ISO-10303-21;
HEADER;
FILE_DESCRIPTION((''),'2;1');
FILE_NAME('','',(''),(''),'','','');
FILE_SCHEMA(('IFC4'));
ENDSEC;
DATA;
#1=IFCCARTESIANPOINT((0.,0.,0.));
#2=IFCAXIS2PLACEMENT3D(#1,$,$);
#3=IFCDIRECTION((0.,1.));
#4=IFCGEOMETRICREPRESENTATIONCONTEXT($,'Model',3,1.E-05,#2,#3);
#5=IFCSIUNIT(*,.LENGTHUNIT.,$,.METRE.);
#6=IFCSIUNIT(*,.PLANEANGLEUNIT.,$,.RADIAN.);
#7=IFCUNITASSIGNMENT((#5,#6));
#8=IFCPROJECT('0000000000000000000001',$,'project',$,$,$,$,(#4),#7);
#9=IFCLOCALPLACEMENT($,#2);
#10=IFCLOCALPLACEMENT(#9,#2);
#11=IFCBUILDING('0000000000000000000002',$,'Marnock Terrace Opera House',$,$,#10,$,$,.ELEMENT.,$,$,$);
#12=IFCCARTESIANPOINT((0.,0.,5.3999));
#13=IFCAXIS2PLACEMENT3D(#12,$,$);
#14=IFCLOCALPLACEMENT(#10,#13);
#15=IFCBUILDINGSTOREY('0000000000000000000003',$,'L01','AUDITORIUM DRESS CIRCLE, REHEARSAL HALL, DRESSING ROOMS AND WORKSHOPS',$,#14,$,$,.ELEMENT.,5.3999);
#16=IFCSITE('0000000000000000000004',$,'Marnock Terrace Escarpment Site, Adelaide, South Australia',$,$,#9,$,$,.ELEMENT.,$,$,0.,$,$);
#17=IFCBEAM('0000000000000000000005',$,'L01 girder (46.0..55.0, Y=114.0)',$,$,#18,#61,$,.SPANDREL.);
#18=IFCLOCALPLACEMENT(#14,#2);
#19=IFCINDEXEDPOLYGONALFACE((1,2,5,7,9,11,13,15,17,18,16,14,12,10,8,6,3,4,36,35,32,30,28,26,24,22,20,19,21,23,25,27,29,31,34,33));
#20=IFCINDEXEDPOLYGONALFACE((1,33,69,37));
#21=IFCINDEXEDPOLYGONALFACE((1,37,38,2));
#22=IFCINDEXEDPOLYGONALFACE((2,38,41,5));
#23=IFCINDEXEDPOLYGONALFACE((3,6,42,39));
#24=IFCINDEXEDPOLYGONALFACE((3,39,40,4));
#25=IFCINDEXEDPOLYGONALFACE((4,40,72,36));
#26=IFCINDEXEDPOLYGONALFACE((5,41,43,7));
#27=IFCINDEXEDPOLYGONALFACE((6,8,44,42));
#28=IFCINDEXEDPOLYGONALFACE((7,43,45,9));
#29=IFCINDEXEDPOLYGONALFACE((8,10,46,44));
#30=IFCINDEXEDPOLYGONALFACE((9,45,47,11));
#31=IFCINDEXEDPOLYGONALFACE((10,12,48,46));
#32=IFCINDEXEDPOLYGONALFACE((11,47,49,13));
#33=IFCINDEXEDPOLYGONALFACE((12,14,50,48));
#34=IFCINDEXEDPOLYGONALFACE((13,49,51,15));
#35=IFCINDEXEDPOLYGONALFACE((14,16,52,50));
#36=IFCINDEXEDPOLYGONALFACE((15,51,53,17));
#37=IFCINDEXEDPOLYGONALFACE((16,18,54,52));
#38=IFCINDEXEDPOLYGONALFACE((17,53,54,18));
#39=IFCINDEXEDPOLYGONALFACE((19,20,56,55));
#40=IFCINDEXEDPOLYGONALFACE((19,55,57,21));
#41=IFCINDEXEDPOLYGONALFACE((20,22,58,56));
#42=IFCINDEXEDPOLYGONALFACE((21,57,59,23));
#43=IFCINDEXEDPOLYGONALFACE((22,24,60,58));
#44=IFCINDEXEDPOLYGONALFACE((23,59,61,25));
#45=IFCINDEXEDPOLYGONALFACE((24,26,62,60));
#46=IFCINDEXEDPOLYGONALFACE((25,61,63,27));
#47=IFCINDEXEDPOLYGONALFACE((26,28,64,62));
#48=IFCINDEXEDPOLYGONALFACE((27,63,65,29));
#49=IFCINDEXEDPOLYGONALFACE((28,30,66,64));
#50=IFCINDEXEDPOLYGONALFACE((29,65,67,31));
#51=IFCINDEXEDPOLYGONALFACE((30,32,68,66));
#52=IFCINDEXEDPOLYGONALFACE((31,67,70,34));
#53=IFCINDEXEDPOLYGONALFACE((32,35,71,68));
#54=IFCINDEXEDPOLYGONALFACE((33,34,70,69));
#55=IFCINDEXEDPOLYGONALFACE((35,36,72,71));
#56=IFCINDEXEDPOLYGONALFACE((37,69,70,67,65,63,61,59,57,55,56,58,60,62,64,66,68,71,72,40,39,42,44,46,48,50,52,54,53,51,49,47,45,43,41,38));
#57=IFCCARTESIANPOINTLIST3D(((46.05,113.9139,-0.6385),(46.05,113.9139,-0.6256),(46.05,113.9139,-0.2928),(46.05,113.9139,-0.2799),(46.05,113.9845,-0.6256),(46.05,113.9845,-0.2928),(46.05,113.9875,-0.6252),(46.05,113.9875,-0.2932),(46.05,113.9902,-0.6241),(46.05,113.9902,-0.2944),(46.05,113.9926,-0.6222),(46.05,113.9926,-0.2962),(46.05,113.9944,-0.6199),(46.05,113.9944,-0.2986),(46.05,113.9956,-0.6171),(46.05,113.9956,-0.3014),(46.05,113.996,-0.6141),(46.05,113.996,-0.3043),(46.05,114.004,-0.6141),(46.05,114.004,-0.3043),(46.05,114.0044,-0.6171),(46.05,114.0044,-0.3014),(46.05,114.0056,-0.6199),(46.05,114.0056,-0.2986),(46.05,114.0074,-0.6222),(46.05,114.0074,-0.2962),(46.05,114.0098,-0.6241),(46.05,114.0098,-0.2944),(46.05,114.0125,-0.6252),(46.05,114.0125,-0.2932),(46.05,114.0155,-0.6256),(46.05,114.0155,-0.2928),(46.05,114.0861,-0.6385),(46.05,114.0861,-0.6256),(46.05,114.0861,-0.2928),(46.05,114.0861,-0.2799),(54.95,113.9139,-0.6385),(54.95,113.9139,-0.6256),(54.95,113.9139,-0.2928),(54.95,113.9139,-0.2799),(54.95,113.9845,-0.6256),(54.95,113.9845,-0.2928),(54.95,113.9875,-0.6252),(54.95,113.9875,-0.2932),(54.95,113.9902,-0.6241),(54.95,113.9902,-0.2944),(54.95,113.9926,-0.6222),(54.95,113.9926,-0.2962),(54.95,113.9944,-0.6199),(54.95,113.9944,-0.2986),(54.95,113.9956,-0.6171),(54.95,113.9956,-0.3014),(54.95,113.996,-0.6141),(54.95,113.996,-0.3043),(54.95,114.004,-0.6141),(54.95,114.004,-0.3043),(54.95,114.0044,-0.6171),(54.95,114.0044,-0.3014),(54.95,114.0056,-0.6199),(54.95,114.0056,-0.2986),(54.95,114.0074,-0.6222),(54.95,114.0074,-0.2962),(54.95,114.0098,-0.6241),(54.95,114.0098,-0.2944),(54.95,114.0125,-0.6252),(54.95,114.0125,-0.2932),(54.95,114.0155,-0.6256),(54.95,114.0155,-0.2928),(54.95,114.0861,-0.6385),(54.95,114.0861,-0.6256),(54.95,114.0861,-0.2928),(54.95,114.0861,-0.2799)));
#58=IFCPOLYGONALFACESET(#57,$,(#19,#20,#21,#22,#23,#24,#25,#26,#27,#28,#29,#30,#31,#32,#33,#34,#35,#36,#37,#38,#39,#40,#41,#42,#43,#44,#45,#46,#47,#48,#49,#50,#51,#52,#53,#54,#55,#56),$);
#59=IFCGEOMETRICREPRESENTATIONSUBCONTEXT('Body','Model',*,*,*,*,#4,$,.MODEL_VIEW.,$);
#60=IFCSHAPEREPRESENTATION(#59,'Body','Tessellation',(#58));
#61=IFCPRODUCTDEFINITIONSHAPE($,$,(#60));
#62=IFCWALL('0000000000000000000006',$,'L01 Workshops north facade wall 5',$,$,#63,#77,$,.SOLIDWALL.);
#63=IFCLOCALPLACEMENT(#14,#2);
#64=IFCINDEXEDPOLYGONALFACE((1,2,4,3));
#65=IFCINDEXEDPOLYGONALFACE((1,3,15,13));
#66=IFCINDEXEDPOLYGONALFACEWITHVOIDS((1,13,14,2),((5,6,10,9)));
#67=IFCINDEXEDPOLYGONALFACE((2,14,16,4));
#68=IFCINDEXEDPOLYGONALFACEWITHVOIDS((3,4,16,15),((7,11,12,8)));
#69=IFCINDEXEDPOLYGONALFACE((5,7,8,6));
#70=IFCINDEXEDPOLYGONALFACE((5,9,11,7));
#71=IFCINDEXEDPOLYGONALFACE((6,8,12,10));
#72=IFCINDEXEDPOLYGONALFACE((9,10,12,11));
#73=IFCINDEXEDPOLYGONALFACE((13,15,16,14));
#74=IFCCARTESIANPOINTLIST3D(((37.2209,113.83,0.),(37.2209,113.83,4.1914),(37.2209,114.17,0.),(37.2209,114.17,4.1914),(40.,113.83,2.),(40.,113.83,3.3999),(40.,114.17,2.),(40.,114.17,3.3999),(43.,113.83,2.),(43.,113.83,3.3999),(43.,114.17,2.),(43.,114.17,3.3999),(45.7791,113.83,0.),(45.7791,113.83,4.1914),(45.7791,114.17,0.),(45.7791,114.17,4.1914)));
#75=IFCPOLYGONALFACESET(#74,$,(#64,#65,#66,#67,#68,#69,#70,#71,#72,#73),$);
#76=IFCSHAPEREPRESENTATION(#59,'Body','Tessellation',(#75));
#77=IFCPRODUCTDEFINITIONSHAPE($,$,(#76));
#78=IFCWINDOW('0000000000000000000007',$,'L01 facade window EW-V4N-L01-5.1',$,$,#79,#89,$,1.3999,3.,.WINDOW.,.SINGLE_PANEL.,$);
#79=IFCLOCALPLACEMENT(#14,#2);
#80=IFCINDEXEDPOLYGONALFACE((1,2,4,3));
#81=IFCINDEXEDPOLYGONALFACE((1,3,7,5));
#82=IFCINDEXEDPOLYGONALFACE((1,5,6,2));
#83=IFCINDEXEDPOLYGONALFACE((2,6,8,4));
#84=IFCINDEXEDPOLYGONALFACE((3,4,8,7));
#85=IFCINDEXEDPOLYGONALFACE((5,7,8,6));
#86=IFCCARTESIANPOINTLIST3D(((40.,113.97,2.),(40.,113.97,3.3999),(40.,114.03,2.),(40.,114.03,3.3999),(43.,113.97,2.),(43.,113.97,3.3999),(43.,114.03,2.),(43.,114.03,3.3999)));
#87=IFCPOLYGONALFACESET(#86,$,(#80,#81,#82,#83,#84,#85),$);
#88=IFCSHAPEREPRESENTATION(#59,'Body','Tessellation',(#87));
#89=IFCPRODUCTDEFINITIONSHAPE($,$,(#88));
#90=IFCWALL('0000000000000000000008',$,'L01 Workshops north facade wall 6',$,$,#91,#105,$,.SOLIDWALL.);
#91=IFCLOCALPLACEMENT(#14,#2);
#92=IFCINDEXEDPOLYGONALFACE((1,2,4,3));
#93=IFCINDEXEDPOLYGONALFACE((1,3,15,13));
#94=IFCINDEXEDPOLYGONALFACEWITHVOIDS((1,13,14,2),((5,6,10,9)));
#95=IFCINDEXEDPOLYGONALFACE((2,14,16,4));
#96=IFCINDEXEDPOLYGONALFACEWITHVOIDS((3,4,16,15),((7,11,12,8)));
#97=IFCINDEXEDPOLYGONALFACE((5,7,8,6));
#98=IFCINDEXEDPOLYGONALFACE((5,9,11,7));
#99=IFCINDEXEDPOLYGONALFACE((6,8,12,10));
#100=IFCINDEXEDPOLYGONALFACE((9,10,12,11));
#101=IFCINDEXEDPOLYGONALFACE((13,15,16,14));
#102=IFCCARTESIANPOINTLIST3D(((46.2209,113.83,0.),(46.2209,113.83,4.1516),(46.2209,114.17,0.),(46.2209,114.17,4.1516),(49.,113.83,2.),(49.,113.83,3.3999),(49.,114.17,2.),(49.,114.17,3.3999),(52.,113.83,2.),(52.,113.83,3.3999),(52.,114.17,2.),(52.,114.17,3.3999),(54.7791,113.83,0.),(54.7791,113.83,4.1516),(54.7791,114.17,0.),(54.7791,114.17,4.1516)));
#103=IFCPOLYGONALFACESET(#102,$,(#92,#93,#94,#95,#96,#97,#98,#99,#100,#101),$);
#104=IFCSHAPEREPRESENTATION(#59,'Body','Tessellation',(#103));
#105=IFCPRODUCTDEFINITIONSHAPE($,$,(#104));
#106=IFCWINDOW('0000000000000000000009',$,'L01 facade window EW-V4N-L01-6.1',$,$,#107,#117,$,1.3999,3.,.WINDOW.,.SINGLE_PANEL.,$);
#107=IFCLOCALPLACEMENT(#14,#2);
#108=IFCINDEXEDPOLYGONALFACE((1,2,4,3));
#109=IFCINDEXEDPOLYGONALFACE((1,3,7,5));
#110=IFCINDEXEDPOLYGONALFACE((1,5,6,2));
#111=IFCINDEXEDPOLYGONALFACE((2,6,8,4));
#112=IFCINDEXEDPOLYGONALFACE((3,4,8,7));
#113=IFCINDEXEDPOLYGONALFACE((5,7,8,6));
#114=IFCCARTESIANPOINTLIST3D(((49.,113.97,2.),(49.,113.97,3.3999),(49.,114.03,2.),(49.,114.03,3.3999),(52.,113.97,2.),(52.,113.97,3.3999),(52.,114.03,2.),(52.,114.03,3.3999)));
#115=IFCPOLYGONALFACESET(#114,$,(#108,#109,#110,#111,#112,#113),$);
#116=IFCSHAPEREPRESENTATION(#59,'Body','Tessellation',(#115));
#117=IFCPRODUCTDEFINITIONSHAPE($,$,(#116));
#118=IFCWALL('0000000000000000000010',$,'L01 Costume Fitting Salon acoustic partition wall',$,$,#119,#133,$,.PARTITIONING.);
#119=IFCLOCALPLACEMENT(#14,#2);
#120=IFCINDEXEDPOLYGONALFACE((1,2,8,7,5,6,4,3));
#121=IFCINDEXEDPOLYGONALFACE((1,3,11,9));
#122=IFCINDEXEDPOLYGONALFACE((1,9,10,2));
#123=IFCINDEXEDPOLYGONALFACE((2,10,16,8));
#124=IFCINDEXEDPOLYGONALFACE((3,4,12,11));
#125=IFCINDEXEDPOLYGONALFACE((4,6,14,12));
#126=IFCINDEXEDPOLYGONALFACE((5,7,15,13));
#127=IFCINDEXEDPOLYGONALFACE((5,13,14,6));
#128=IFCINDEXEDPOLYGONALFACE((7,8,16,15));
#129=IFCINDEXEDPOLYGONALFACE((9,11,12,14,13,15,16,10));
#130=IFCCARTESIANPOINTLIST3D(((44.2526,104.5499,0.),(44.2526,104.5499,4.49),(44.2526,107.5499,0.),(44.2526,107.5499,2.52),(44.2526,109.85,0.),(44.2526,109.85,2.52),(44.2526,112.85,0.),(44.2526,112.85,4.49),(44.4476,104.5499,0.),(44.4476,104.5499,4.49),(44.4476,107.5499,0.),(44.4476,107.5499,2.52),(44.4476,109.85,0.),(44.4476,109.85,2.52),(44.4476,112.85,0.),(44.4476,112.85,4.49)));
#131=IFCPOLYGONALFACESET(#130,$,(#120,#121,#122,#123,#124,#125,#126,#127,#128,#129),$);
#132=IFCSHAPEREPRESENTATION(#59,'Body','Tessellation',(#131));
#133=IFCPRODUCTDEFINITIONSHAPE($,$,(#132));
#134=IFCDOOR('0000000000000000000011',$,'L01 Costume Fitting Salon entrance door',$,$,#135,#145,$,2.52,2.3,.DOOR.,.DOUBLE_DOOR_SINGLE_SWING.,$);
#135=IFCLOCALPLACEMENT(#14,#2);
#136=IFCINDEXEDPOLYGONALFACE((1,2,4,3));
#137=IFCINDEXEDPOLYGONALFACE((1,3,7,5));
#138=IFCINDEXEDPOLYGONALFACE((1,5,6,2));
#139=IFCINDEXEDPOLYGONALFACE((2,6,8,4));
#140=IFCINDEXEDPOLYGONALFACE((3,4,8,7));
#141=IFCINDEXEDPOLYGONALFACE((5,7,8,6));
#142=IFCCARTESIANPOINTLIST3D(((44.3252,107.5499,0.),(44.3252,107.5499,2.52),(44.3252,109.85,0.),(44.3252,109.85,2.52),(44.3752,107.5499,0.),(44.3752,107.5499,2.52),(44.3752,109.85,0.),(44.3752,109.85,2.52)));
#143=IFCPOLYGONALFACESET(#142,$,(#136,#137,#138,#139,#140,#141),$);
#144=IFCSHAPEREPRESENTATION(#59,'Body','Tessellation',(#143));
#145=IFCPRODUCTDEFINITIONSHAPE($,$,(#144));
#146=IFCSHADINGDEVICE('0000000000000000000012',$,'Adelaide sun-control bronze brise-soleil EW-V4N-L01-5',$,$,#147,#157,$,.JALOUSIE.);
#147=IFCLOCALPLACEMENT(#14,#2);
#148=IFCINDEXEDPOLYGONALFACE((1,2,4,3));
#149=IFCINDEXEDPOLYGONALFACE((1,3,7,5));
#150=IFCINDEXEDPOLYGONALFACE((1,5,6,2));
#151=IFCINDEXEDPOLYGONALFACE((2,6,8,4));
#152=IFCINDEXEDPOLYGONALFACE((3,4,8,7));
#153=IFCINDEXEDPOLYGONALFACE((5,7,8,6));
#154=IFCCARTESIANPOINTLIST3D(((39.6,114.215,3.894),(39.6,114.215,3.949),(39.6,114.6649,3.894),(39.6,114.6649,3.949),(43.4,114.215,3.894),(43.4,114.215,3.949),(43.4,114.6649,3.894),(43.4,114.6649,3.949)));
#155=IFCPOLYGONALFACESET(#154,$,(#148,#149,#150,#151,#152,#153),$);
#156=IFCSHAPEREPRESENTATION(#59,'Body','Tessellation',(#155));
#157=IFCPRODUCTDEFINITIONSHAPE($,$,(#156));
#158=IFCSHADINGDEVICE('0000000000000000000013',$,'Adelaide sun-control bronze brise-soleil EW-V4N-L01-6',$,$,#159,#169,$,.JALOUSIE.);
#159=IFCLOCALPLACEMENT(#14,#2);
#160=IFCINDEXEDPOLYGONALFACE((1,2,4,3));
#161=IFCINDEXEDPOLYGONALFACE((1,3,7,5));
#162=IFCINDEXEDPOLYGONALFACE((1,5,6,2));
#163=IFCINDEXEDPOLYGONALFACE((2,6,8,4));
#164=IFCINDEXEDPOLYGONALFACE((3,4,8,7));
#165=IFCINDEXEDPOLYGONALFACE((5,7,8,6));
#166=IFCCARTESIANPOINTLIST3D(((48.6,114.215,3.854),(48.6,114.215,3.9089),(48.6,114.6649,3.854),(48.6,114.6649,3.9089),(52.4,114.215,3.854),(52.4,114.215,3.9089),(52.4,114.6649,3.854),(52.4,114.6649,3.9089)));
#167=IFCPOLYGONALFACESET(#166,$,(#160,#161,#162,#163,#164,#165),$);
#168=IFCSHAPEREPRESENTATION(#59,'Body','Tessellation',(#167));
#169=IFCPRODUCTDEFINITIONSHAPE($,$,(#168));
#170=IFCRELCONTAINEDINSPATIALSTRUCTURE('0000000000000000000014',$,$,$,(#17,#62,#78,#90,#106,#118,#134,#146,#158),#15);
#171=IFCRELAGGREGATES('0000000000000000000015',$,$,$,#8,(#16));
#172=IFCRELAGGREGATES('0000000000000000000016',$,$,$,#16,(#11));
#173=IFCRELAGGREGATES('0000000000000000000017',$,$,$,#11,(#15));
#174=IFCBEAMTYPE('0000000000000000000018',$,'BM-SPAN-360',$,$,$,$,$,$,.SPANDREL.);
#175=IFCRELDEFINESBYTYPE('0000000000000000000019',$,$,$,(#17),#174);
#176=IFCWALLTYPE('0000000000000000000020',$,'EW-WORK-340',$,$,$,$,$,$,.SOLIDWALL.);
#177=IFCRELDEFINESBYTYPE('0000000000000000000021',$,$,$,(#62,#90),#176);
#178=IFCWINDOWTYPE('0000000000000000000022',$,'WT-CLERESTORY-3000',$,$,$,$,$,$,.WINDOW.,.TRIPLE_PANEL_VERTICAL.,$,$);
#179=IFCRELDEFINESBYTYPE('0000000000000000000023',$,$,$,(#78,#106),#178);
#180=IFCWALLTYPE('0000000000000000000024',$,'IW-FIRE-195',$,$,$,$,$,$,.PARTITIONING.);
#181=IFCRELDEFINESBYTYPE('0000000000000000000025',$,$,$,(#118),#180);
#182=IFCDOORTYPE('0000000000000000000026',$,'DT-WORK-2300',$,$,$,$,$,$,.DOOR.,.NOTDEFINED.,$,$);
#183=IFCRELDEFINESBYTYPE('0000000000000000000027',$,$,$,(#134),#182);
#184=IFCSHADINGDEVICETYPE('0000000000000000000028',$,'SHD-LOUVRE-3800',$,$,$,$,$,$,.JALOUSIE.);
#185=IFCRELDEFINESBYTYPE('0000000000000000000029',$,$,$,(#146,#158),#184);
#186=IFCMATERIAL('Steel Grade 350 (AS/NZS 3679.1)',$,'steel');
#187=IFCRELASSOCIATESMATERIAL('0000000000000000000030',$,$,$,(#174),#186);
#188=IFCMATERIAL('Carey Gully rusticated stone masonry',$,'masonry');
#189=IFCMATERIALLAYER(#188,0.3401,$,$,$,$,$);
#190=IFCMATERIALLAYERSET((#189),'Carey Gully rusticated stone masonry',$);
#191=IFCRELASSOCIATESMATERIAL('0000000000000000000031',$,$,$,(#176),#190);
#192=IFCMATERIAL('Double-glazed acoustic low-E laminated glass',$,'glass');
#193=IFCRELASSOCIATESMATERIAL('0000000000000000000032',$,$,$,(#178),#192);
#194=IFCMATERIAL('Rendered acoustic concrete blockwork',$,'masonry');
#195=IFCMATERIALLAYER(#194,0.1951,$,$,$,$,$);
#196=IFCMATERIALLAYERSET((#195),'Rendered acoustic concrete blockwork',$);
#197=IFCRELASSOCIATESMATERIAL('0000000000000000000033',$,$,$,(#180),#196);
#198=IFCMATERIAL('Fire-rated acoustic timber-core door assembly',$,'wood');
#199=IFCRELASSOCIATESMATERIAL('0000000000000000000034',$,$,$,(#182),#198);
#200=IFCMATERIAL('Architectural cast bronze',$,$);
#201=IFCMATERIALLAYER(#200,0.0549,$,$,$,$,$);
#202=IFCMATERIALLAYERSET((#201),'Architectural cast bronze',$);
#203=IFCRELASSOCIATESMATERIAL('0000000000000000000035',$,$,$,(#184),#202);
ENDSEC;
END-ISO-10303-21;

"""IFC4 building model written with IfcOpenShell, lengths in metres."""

from ifc_helpers import new_model, si_unit, direction, frame, frame_2d, origin, origin_2d, place, context, subcontext, project, spatial, rectangle, i_section, extrude, material, layer, layer_set, material_profile, profile_set, type_object, element, fill, save


model = new_model("IFC4")

# Units and contexts
model_context = context("Model", 3, precision=1e-05, world=origin(), true_north=direction((0.0, 1.0)))
body_context = subcontext(model_context, "Body", "Model", "MODEL_VIEW")
ifc_project = project(units=[si_unit("LENGTHUNIT", "METRE"), si_unit("PLANEANGLEUNIT", "RADIAN")], contexts=[model_context])

# Site, building, storey
site_placement = place(None, origin())
site = spatial("IfcSite", under=ifc_project, at=site_placement, Name="Marnock Terrace Escarpment Site, Adelaide, South Australia", CompositionType="ELEMENT", RefElevation=0.0)
building_placement = place(site_placement, origin())
building = spatial("IfcBuilding", under=site, at=building_placement, Name="Marnock Terrace Opera House", CompositionType="ELEMENT")
storey_placement = place(building_placement, frame((0.0, 0.0, 5.3999)))
storey = spatial("IfcBuildingStorey", under=building, at=storey_placement, Name="L01", Description="AUDITORIUM DRESS CIRCLE, REHEARSAL HALL, DRESSING ROOMS AND WORKSHOPS", CompositionType="ELEMENT", Elevation=5.3999)

# Beam
ifc_material_1 = material(Name="Steel Grade 350 (AS/NZS 3679.1)", Category="steel")
ifc_material_profile_1 = material_profile(ifc_material_1, i_section(OverallWidth=0.1721, OverallDepth=0.3586, WebThickness=0.0081, FlangeThickness=0.0129, FilletRadius=0.0115, at=origin_2d()))
ifc_profile_set_1 = profile_set([ifc_material_profile_1], Name="Steel Grade 350 (AS/NZS 3679.1)")
beam_type_1 = type_object("IfcBeamType", Name="BM-SPAN-360", PredefinedType="SPANDREL", material=ifc_profile_set_1)
for number, where, z_axis, x_axis, name in (
    (1, (46.05, 114.0, -0.4592), (1.0, 0.0, 0.0), (0.0, 1.0, 0.0), "L01 girder (46.0..55.0, Y=114.0)"),
):
    element("IfcBeam", number, at=place(storey_placement, frame(where, z_axis=z_axis, x_axis=x_axis)), inside=storey, type_object=beam_type_1, Name=name, PredefinedType="SPANDREL", context=body_context, shape_type="SweptSolid", body=[
        extrude(i_section(OverallWidth=0.1721, OverallDepth=0.3586, WebThickness=0.0081, FlangeThickness=0.0129, FilletRadius=0.0115, at=origin_2d()), origin(), (0.0, 0.0, 1.0), 8.8999),
    ])

# Walls, openings, windows
ifc_material_2 = material(Name="Carey Gully rusticated stone masonry", Category="masonry")
ifc_layer_1 = layer(ifc_material_2, 0.3401)
ifc_layer_set_1 = layer_set([ifc_layer_1], Name="Carey Gully rusticated stone masonry")
wall_type_1 = type_object("IfcWallType", Name="EW-WORK-340", PredefinedType="SOLIDWALL", material=ifc_layer_set_1)
wall_1_placement = place(storey_placement, frame((37.2209, 114.0, 0.0), z_axis=(0.0, 0.0, 1.0), x_axis=(1.0, 0.0, 0.0)))
wall_1 = element("IfcWall", 2, at=wall_1_placement, inside=storey, type_object=wall_type_1, Name="L01 Workshops north facade wall 5", PredefinedType="SOLIDWALL", context=body_context, shape_type="SweptSolid", body=[
    extrude(rectangle(XDim=8.5581, YDim=0.3401, at=frame_2d((4.2791, 0.0))), origin(), (0.0, 0.0, 1.0), 4.1914),
])
opening_1_placement = place(wall_1_placement, frame((2.7791, 0.0, 2.0)))
opening_1 = element("IfcOpeningElement", 3, at=opening_1_placement, cuts=wall_1, PredefinedType="OPENING", context=body_context, shape_type="SweptSolid", body=[
    extrude(rectangle(XDim=3.0, YDim=1.3999, at=frame_2d((1.5, 0.7))), frame((0.0, 0.1799, 0.0), z_axis=(0.0, -1.0, 0.0), x_axis=(1.0, 0.0, 0.0)), (0.0, 0.0, 1.0), 0.3601),
])
ifc_material_3 = material(Name="Double-glazed acoustic low-E laminated glass", Category="glass")
window_type = type_object("IfcWindowType", Name="WT-CLERESTORY-3000", PartitioningType="TRIPLE_PANEL_VERTICAL", PredefinedType="WINDOW", material=ifc_material_3)
window_1_placement = place(opening_1_placement, origin())
window_1 = element("IfcWindow", 4, at=window_1_placement, inside=storey, type_object=window_type, Name="L01 facade window EW-V4N-L01-5.1", OverallHeight=1.3999, OverallWidth=3.0, PartitioningType="SINGLE_PANEL", PredefinedType="WINDOW", context=body_context, shape_type="SweptSolid", body=[
    extrude(rectangle(XDim=3.0, YDim=1.3999, at=frame_2d((1.5, 0.7))), frame((0.0, 0.03, 0.0), z_axis=(0.0, -1.0, 0.0), x_axis=(1.0, 0.0, 0.0)), (0.0, 0.0, 1.0), 0.0601),
])
fill(opening_1, window_1)
wall_2_placement = place(storey_placement, frame((46.2209, 114.0, 0.0), z_axis=(0.0, 0.0, 1.0), x_axis=(1.0, 0.0, 0.0)))
wall_2 = element("IfcWall", 5, at=wall_2_placement, inside=storey, type_object=wall_type_1, Name="L01 Workshops north facade wall 6", PredefinedType="SOLIDWALL", context=body_context, shape_type="SweptSolid", body=[
    extrude(rectangle(XDim=8.5581, YDim=0.3401, at=frame_2d((4.2791, 0.0))), origin(), (0.0, 0.0, 1.0), 4.1516),
])
opening_2_placement = place(wall_2_placement, frame((2.7791, 0.0, 2.0)))
opening_2 = element("IfcOpeningElement", 6, at=opening_2_placement, cuts=wall_2, PredefinedType="OPENING", context=body_context, shape_type="SweptSolid", body=[
    extrude(rectangle(XDim=3.0, YDim=1.3999, at=frame_2d((1.5, 0.7))), frame((0.0, 0.1799, 0.0), z_axis=(0.0, -1.0, 0.0), x_axis=(1.0, 0.0, 0.0)), (0.0, 0.0, 1.0), 0.3601),
])
window_2_placement = place(opening_2_placement, origin())
window_2 = element("IfcWindow", 7, at=window_2_placement, inside=storey, type_object=window_type, Name="L01 facade window EW-V4N-L01-6.1", OverallHeight=1.3999, OverallWidth=3.0, PartitioningType="SINGLE_PANEL", PredefinedType="WINDOW", context=body_context, shape_type="SweptSolid", body=[
    extrude(rectangle(XDim=3.0, YDim=1.3999, at=frame_2d((1.5, 0.7))), frame((0.0, 0.03, 0.0), z_axis=(0.0, -1.0, 0.0), x_axis=(1.0, 0.0, 0.0)), (0.0, 0.0, 1.0), 0.0601),
])
fill(opening_2, window_2)

# Wall, opening, door
ifc_material_4 = material(Name="Rendered acoustic concrete blockwork", Category="masonry")
ifc_layer_2 = layer(ifc_material_4, 0.1951)
ifc_layer_set_2 = layer_set([ifc_layer_2], Name="Rendered acoustic concrete blockwork")
wall_type_2 = type_object("IfcWallType", Name="IW-FIRE-195", PredefinedType="PARTITIONING", material=ifc_layer_set_2)
wall_3_placement = place(storey_placement, frame((44.3501, 104.55, 0.0), z_axis=(0.0, 0.0, 1.0), x_axis=(0.0, 1.0, 0.0)))
wall_3 = element("IfcWall", 8, at=wall_3_placement, inside=storey, type_object=wall_type_2, Name="L01 Costume Fitting Salon acoustic partition wall", PredefinedType="PARTITIONING", context=body_context, shape_type="SweptSolid", body=[
    extrude(rectangle(XDim=8.3, YDim=0.1951, at=frame_2d((4.1499, 0.0))), origin(), (0.0, 0.0, 1.0), 4.49),
])
opening_3_placement = place(wall_3_placement, frame((3.0, 0.0, 0.0)))
opening_3 = element("IfcOpeningElement", 9, at=opening_3_placement, cuts=wall_3, PredefinedType="OPENING", context=body_context, shape_type="SweptSolid", body=[
    extrude(rectangle(XDim=2.3, YDim=2.52, at=frame_2d((1.1499, 1.26))), frame((0.0, 0.1074, 0.0), z_axis=(0.0, -1.0, 0.0), x_axis=(1.0, 0.0, 0.0)), (0.0, 0.0, 1.0), 0.2151),
])
ifc_material_5 = material(Name="Fire-rated acoustic timber-core door assembly", Category="wood")
door_type = type_object("IfcDoorType", Name="DT-WORK-2300", OperationType="NOTDEFINED", PredefinedType="DOOR", material=ifc_material_5)
door_placement = place(opening_3_placement, origin())
door = element("IfcDoor", 10, at=door_placement, inside=storey, type_object=door_type, Name="L01 Costume Fitting Salon entrance door", OperationType="DOUBLE_DOOR_SINGLE_SWING", OverallHeight=2.52, OverallWidth=2.3, PredefinedType="DOOR", context=body_context, shape_type="SweptSolid", body=[
    extrude(rectangle(XDim=2.3, YDim=2.52, at=frame_2d((1.1499, 1.26))), frame((0.0, 0.0249, 0.0), z_axis=(0.0, -1.0, 0.0), x_axis=(1.0, 0.0, 0.0)), (0.0, 0.0, 1.0), 0.05),
])
fill(opening_3, door)

# Shading devices
ifc_material_6 = material(Name="Architectural cast bronze")
ifc_layer_3 = layer(ifc_material_6, 0.0549)
ifc_layer_set_3 = layer_set([ifc_layer_3], Name="Architectural cast bronze")
shading_device_type = type_object("IfcShadingDeviceType", Name="SHD-LOUVRE-3800", PredefinedType="JALOUSIE", material=ifc_layer_set_3)
for number, where, z_axis, x_axis, name in (
    (11, (41.5, 114.4399, 3.894), (0.0, 0.0, 1.0), (1.0, 0.0, 0.0), "Adelaide sun-control bronze brise-soleil EW-V4N-L01-5"),
    (12, (50.5, 114.4399, 3.854), (0.0, 0.0, 1.0), (1.0, 0.0, 0.0), "Adelaide sun-control bronze brise-soleil EW-V4N-L01-6"),
):
    element("IfcShadingDevice", number, at=place(storey_placement, frame(where, z_axis=z_axis, x_axis=x_axis)), inside=storey, type_object=shading_device_type, Name=name, PredefinedType="JALOUSIE", context=body_context, shape_type="SweptSolid", body=[
        extrude(rectangle(XDim=3.8, YDim=0.45, at=origin_2d()), origin(), (0.0, 0.0, 1.0), 0.0549),
    ])

save(model, "model.ifc")
